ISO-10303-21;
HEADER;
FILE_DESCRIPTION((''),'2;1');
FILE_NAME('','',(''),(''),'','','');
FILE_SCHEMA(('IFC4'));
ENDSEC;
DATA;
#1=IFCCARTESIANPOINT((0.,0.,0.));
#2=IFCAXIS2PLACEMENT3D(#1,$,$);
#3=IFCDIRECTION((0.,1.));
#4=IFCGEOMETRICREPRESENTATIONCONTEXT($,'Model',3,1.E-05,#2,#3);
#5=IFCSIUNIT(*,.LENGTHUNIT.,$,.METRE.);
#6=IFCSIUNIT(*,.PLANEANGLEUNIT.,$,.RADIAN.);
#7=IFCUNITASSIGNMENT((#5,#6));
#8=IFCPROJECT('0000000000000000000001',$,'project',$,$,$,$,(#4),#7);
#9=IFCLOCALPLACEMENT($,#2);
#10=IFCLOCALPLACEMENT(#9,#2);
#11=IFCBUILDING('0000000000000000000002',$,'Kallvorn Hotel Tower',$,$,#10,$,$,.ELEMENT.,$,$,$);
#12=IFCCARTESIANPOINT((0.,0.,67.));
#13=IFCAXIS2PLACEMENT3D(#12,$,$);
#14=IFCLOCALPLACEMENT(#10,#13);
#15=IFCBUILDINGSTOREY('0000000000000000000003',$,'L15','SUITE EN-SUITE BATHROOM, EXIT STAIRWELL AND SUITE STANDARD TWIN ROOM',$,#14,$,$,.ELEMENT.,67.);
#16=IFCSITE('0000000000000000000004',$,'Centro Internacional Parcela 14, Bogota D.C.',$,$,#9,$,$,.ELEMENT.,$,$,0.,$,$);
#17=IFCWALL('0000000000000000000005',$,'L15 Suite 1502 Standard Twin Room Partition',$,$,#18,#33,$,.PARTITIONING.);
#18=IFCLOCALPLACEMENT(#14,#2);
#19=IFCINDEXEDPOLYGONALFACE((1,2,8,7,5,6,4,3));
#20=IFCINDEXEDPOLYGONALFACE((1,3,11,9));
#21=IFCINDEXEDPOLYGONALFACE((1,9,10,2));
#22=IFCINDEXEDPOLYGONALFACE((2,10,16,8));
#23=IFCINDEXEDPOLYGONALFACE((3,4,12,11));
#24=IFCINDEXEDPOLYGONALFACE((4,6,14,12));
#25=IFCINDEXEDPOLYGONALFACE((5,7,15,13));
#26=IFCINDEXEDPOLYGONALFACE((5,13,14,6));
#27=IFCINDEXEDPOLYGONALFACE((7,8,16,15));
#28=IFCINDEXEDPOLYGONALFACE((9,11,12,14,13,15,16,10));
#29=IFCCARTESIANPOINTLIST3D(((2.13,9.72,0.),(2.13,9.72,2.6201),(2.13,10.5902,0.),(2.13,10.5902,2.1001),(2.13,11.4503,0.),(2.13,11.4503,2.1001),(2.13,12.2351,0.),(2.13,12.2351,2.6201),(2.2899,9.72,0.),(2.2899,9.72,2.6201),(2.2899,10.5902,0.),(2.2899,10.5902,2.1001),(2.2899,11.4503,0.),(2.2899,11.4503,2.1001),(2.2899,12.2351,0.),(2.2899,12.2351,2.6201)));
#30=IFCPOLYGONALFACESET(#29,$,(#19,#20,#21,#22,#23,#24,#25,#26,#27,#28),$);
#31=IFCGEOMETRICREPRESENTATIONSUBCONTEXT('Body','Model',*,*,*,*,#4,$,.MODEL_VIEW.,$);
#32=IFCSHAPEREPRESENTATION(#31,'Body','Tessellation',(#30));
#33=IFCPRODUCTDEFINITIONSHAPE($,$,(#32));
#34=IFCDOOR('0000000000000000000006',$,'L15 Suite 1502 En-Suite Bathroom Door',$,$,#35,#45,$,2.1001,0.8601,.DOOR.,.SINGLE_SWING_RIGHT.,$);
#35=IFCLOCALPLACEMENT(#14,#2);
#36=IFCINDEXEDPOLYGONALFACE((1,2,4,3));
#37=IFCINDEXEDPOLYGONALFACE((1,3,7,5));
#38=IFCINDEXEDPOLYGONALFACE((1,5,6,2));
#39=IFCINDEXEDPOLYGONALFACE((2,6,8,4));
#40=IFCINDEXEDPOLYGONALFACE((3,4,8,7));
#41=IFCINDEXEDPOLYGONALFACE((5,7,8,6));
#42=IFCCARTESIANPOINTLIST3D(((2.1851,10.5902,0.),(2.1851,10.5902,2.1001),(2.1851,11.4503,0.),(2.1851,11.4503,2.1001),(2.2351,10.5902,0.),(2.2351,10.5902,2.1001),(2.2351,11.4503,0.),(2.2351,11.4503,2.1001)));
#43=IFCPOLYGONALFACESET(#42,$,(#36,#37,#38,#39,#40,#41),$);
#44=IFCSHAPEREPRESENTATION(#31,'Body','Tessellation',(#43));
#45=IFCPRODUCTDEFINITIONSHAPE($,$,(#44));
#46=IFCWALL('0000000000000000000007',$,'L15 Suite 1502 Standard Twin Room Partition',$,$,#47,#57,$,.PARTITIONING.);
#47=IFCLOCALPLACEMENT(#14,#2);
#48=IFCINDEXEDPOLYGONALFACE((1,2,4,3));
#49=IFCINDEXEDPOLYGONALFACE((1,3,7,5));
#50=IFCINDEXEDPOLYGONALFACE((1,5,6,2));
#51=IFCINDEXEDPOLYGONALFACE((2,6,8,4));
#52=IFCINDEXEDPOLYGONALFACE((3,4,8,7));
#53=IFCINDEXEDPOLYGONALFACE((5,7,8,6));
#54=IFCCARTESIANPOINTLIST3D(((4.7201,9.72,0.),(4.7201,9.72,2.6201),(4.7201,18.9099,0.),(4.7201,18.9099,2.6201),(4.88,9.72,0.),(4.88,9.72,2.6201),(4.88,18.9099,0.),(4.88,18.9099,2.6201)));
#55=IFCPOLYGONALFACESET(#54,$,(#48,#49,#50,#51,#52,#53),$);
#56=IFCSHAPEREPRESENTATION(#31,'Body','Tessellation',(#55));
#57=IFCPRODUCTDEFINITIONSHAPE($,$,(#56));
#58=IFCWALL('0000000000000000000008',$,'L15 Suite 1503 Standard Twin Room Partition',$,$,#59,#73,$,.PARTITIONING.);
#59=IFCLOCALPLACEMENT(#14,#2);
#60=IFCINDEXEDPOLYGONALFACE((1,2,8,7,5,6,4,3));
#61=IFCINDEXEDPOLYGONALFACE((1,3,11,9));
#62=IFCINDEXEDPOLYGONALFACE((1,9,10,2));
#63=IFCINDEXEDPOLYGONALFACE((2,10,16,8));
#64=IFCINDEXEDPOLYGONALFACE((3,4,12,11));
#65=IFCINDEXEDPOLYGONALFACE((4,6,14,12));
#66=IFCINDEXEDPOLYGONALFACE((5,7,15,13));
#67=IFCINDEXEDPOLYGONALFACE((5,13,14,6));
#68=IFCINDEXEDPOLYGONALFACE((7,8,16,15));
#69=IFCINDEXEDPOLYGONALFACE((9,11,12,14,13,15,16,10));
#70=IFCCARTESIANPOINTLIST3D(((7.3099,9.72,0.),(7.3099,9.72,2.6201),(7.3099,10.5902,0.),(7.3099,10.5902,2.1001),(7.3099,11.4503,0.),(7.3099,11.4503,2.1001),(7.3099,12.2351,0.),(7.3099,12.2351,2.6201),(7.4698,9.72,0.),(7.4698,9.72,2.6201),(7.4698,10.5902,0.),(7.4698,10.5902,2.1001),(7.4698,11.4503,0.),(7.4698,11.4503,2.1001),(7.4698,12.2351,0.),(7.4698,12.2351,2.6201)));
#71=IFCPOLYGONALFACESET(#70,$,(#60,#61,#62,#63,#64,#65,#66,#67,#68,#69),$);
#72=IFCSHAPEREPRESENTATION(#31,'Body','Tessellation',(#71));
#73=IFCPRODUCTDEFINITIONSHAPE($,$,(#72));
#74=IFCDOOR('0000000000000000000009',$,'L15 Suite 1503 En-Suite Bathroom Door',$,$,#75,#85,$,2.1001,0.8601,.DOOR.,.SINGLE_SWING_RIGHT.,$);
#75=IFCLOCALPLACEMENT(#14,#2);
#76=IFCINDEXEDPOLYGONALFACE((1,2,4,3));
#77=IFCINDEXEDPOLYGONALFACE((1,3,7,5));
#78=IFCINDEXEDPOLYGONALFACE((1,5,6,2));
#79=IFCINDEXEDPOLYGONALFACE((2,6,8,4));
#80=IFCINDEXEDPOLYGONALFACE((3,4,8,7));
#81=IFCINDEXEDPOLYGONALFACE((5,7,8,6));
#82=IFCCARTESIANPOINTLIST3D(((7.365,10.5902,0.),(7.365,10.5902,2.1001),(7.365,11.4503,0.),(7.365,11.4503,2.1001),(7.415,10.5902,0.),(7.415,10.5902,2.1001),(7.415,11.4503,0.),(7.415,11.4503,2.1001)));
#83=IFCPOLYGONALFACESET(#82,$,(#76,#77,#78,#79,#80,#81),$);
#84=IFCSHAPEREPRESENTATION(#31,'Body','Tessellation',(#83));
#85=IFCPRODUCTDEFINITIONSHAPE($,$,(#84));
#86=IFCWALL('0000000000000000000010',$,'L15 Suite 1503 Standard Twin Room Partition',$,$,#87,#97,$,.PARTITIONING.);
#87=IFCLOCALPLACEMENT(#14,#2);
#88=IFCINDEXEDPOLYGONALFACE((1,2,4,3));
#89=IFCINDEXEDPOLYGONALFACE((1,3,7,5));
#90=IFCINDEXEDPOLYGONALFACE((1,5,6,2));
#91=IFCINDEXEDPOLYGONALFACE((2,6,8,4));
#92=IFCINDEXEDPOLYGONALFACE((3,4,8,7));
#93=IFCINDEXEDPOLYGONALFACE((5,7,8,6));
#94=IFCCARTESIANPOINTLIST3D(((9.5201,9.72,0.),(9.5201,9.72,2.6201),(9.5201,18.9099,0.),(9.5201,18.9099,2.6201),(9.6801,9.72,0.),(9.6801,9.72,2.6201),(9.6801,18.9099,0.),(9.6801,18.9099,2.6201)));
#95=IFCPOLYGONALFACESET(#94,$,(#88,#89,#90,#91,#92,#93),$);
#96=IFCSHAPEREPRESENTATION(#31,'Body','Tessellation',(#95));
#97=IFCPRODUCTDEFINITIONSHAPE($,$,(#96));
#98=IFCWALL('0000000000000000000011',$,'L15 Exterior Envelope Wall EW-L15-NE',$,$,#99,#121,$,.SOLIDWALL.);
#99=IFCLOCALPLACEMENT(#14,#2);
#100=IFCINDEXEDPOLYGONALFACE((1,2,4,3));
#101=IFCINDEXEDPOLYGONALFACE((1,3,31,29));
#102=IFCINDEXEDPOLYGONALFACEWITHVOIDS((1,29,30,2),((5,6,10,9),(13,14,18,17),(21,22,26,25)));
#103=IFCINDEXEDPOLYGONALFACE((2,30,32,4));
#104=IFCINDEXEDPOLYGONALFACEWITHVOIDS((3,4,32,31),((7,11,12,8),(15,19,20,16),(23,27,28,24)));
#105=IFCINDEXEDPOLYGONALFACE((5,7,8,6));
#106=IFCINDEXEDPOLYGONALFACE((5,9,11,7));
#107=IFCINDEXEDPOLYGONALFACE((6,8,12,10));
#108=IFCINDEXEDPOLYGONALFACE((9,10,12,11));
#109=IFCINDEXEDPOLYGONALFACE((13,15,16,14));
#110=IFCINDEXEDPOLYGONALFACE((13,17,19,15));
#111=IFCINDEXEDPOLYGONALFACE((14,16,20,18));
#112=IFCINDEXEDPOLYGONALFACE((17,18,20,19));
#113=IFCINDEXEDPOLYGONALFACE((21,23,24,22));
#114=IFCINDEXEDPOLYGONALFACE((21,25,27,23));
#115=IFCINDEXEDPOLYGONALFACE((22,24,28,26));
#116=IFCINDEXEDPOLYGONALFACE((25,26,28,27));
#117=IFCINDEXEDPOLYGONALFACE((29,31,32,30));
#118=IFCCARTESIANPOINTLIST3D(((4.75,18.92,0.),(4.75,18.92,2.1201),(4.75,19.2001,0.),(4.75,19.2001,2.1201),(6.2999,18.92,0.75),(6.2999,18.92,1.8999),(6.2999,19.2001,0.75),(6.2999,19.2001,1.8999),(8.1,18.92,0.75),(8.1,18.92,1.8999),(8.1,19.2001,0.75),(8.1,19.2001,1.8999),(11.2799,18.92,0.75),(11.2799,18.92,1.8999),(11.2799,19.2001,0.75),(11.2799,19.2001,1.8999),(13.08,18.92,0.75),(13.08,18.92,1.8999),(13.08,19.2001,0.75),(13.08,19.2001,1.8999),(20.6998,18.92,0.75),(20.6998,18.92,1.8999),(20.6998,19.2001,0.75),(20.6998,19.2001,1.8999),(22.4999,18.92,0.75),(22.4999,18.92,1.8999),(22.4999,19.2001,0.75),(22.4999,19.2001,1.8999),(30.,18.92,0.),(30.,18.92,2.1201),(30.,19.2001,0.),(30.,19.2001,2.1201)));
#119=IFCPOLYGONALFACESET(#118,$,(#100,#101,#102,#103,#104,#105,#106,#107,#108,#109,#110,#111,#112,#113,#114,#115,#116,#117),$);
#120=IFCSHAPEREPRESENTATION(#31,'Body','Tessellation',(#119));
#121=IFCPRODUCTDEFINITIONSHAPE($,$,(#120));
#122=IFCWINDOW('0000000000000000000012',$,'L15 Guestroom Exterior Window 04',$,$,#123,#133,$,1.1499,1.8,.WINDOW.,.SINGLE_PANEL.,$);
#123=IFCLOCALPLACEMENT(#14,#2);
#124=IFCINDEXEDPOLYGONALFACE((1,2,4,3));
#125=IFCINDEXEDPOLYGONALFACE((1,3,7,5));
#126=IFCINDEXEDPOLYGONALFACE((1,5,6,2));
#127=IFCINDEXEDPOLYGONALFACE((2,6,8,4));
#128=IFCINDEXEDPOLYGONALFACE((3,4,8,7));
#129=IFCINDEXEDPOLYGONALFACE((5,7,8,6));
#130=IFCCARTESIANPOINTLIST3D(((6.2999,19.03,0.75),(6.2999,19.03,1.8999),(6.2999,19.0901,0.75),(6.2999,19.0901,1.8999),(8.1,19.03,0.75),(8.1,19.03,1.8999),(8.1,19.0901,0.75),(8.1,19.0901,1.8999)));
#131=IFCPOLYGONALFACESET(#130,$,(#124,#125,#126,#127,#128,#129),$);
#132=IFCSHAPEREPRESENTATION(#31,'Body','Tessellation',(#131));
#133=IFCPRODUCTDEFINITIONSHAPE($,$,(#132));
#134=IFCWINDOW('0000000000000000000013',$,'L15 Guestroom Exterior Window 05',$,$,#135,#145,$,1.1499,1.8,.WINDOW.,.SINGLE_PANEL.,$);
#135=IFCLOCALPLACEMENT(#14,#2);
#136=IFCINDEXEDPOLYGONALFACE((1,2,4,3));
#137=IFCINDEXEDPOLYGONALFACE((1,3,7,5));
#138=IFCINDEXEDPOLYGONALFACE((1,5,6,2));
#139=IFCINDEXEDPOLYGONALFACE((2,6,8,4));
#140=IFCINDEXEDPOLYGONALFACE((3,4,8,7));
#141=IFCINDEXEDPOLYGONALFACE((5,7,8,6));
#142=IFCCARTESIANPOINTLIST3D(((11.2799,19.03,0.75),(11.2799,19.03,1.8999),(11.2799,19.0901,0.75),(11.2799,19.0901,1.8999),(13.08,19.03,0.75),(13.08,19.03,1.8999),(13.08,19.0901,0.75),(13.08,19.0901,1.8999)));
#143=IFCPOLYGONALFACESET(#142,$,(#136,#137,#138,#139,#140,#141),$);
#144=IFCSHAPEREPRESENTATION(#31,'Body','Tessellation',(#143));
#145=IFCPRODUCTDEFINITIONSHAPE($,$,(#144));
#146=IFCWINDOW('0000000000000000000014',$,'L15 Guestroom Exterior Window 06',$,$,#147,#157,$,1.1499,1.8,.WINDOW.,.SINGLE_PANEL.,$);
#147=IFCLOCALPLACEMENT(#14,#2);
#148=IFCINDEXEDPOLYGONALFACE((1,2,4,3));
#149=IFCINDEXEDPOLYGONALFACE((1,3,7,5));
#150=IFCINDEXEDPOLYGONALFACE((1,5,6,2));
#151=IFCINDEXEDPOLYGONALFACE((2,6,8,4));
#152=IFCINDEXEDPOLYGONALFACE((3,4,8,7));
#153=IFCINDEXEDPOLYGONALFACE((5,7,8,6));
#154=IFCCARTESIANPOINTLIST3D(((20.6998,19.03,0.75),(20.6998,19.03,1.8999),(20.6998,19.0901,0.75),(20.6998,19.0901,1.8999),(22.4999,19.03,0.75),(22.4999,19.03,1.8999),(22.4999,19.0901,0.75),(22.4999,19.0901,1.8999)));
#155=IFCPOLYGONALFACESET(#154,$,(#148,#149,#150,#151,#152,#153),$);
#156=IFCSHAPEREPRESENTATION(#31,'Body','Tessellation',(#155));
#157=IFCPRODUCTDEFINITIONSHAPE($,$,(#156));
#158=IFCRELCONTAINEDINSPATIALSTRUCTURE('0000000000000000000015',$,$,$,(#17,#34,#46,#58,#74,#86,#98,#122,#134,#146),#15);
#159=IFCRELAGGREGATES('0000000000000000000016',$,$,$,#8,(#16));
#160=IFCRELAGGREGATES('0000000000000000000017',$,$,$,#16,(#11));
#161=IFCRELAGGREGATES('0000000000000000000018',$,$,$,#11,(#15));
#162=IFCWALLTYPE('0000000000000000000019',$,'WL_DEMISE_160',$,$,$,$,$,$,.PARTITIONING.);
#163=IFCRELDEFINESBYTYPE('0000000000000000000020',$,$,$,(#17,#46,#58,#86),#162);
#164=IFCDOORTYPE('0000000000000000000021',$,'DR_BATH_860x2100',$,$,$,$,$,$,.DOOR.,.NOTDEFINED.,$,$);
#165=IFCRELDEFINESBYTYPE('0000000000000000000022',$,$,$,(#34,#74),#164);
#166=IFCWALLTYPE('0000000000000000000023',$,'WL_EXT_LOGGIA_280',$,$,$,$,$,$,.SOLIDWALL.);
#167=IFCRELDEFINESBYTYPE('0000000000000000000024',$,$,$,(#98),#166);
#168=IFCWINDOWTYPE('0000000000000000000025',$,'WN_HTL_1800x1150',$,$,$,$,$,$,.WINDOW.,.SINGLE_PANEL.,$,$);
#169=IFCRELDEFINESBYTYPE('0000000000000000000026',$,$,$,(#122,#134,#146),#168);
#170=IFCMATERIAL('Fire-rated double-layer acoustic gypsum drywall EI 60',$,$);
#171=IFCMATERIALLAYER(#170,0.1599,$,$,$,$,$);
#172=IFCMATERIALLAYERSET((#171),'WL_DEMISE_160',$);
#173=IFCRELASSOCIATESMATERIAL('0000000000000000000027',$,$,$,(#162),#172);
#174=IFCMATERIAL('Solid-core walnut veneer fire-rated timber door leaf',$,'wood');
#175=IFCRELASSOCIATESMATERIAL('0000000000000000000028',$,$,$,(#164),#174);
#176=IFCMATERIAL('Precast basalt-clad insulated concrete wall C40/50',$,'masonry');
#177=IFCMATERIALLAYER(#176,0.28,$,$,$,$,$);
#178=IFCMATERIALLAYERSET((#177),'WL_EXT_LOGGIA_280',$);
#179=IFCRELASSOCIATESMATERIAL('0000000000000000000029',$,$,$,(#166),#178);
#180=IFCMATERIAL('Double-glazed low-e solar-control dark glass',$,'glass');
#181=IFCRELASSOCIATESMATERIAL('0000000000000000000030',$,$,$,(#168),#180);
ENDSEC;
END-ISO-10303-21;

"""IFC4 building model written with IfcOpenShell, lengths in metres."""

from ifc_helpers import new_model, si_unit, direction, frame, frame_2d, origin, place, context, subcontext, project, spatial, rectangle, extrude, material, layer, layer_set, type_object, element, fill, save


model = new_model("IFC4")

# Units and contexts
model_context = context("Model", 3, precision=1e-05, world=origin(), true_north=direction((0.0, 1.0)))
body_context = subcontext(model_context, "Body", "Model", "MODEL_VIEW")
ifc_project = project(units=[si_unit("LENGTHUNIT", "METRE"), si_unit("PLANEANGLEUNIT", "RADIAN")], contexts=[model_context])

# Site, building, storey
site_placement = place(None, origin())
site = spatial("IfcSite", under=ifc_project, at=site_placement, Name="Centro Internacional Parcela 14, Bogota D.C.", CompositionType="ELEMENT", RefElevation=0.0)
building_placement = place(site_placement, origin())
building = spatial("IfcBuilding", under=site, at=building_placement, Name="Kallvorn Hotel Tower", CompositionType="ELEMENT")
storey_placement = place(building_placement, frame((0.0, 0.0, 67.0)))
storey = spatial("IfcBuildingStorey", under=building, at=storey_placement, Name="L15", Description="SUITE EN-SUITE BATHROOM, EXIT STAIRWELL AND SUITE STANDARD TWIN ROOM", CompositionType="ELEMENT", Elevation=67.0)

# Shared definitions
ifc_material_1 = material(Name="Fire-rated double-layer acoustic gypsum drywall EI 60")
ifc_layer_1 = layer(ifc_material_1, 0.1599)
ifc_layer_set_1 = layer_set([ifc_layer_1], Name="WL_DEMISE_160")
wall_type_1 = type_object("IfcWallType", Name="WL_DEMISE_160", PredefinedType="PARTITIONING", material=ifc_layer_set_1)

# Wall, opening, door
wall_1_placement = place(storey_placement, frame((2.21, 9.72, 0.0), z_axis=(0.0, 0.0, 1.0), x_axis=(0.0, 1.0, 0.0)))
wall_1 = element("IfcWall", 1, at=wall_1_placement, inside=storey, type_object=wall_type_1, Name="L15 Suite 1502 Standard Twin Room Partition", PredefinedType="PARTITIONING", context=body_context, shape_type="SweptSolid", body=[
    extrude(rectangle(XDim=2.5151, YDim=0.1599, at=frame_2d((1.2576, 0.0))), origin(), (0.0, 0.0, 1.0), 2.6201),
])
opening_1_placement = place(wall_1_placement, frame((0.8701, 0.0, 0.0)))
opening_1 = element("IfcOpeningElement", 2, at=opening_1_placement, cuts=wall_1, PredefinedType="OPENING", context=body_context, shape_type="SweptSolid", body=[
    extrude(rectangle(XDim=0.8601, YDim=2.1001, at=frame_2d((0.4302, 1.05))), frame((0.0, 0.095, 0.0), z_axis=(0.0, -1.0, 0.0), x_axis=(1.0, 0.0, 0.0)), (0.0, 0.0, 1.0), 0.1899),
])
ifc_material_2 = material(Name="Solid-core walnut veneer fire-rated timber door leaf", Category="wood")
door_type = type_object("IfcDoorType", Name="DR_BATH_860x2100", OperationType="NOTDEFINED", PredefinedType="DOOR", material=ifc_material_2)
door_1_placement = place(opening_1_placement, origin())
door_1 = element("IfcDoor", 3, at=door_1_placement, inside=storey, type_object=door_type, Name="L15 Suite 1502 En-Suite Bathroom Door", OperationType="SINGLE_SWING_RIGHT", OverallHeight=2.1001, OverallWidth=0.8601, PredefinedType="DOOR", context=body_context, shape_type="SweptSolid", body=[
    extrude(rectangle(XDim=0.8601, YDim=2.1001, at=frame_2d((0.4302, 1.05))), frame((0.0, 0.0249, 0.0), z_axis=(0.0, -1.0, 0.0), x_axis=(1.0, 0.0, 0.0)), (0.0, 0.0, 1.0), 0.05),
])
fill(opening_1, door_1)

# Wall
wall_2_placement = place(storey_placement, frame((4.8, 9.72, 0.0), z_axis=(0.0, 0.0, 1.0), x_axis=(0.0, 1.0, 0.0)))
element("IfcWall", 4, at=wall_2_placement, inside=storey, type_object=wall_type_1, Name="L15 Suite 1502 Standard Twin Room Partition", PredefinedType="PARTITIONING", context=body_context, shape_type="SweptSolid", body=[
    extrude(rectangle(XDim=9.1899, YDim=0.1599, at=frame_2d((4.595, 0.0))), origin(), (0.0, 0.0, 1.0), 2.6201),
])

# Wall, opening, door
wall_3_placement = place(storey_placement, frame((7.3899, 9.72, 0.0), z_axis=(0.0, 0.0, 1.0), x_axis=(0.0, 1.0, 0.0)))
wall_3 = element("IfcWall", 5, at=wall_3_placement, inside=storey, type_object=wall_type_1, Name="L15 Suite 1503 Standard Twin Room Partition", PredefinedType="PARTITIONING", context=body_context, shape_type="SweptSolid", body=[
    extrude(rectangle(XDim=2.5151, YDim=0.1599, at=frame_2d((1.2576, 0.0))), origin(), (0.0, 0.0, 1.0), 2.6201),
])
opening_2_placement = place(wall_3_placement, frame((0.8701, 0.0, 0.0)))
opening_2 = element("IfcOpeningElement", 6, at=opening_2_placement, cuts=wall_3, PredefinedType="OPENING", context=body_context, shape_type="SweptSolid", body=[
    extrude(rectangle(XDim=0.8601, YDim=2.1001, at=frame_2d((0.4302, 1.05))), frame((0.0, 0.095, 0.0), z_axis=(0.0, -1.0, 0.0), x_axis=(1.0, 0.0, 0.0)), (0.0, 0.0, 1.0), 0.1899),
])
door_2_placement = place(opening_2_placement, origin())
door_2 = element("IfcDoor", 7, at=door_2_placement, inside=storey, type_object=door_type, Name="L15 Suite 1503 En-Suite Bathroom Door", OperationType="SINGLE_SWING_RIGHT", OverallHeight=2.1001, OverallWidth=0.8601, PredefinedType="DOOR", context=body_context, shape_type="SweptSolid", body=[
    extrude(rectangle(XDim=0.8601, YDim=2.1001, at=frame_2d((0.4302, 1.05))), frame((0.0, 0.0249, 0.0), z_axis=(0.0, -1.0, 0.0), x_axis=(1.0, 0.0, 0.0)), (0.0, 0.0, 1.0), 0.05),
])
fill(opening_2, door_2)

# Wall
wall_4_placement = place(storey_placement, frame((9.6001, 9.72, 0.0), z_axis=(0.0, 0.0, 1.0), x_axis=(0.0, 1.0, 0.0)))
element("IfcWall", 8, at=wall_4_placement, inside=storey, type_object=wall_type_1, Name="L15 Suite 1503 Standard Twin Room Partition", PredefinedType="PARTITIONING", context=body_context, shape_type="SweptSolid", body=[
    extrude(rectangle(XDim=9.1899, YDim=0.1599, at=frame_2d((4.595, 0.0))), origin(), (0.0, 0.0, 1.0), 2.6201),
])

# Wall, openings, windows
ifc_material_3 = material(Name="Precast basalt-clad insulated concrete wall C40/50", Category="masonry")
ifc_layer_2 = layer(ifc_material_3, 0.28)
ifc_layer_set_2 = layer_set([ifc_layer_2], Name="WL_EXT_LOGGIA_280")
wall_type_2 = type_object("IfcWallType", Name="WL_EXT_LOGGIA_280", PredefinedType="SOLIDWALL", material=ifc_layer_set_2)
wall_5_placement = place(storey_placement, frame((4.75, 19.0601, 0.0), z_axis=(0.0, 0.0, 1.0), x_axis=(1.0, 0.0, 0.0)))
wall_5 = element("IfcWall", 9, at=wall_5_placement, inside=storey, type_object=wall_type_2, Name="L15 Exterior Envelope Wall EW-L15-NE", PredefinedType="SOLIDWALL", context=body_context, shape_type="SweptSolid", body=[
    extrude(rectangle(XDim=25.25, YDim=0.28, at=frame_2d((12.625, 0.0))), origin(), (0.0, 0.0, 1.0), 2.1201),
])
opening_3_placement = place(wall_5_placement, frame((1.55, 0.0, 0.75)))
opening_3 = element("IfcOpeningElement", 10, at=opening_3_placement, cuts=wall_5, PredefinedType="OPENING", context=body_context, shape_type="SweptSolid", body=[
    extrude(rectangle(XDim=1.8, YDim=1.1499, at=frame_2d((0.8999, 0.575))), frame((0.0, 0.155, 0.0), z_axis=(0.0, -1.0, 0.0), x_axis=(1.0, 0.0, 0.0)), (0.0, 0.0, 1.0), 0.3101),
])
opening_4_placement = place(wall_5_placement, frame((6.53, 0.0, 0.75)))
opening_4 = element("IfcOpeningElement", 11, at=opening_4_placement, cuts=wall_5, PredefinedType="OPENING", context=body_context, shape_type="SweptSolid", body=[
    extrude(rectangle(XDim=1.8, YDim=1.1499, at=frame_2d((0.8999, 0.575))), frame((0.0, 0.155, 0.0), z_axis=(0.0, -1.0, 0.0), x_axis=(1.0, 0.0, 0.0)), (0.0, 0.0, 1.0), 0.3101),
])
opening_5_placement = place(wall_5_placement, frame((15.95, 0.0, 0.75)))
opening_5 = element("IfcOpeningElement", 12, at=opening_5_placement, cuts=wall_5, PredefinedType="OPENING", context=body_context, shape_type="SweptSolid", body=[
    extrude(rectangle(XDim=1.8, YDim=1.1499, at=frame_2d((0.8999, 0.575))), frame((0.0, 0.155, 0.0), z_axis=(0.0, -1.0, 0.0), x_axis=(1.0, 0.0, 0.0)), (0.0, 0.0, 1.0), 0.3101),
])
ifc_material_4 = material(Name="Double-glazed low-e solar-control dark glass", Category="glass")
window_type = type_object("IfcWindowType", Name="WN_HTL_1800x1150", PartitioningType="SINGLE_PANEL", PredefinedType="WINDOW", material=ifc_material_4)
window_1_placement = place(opening_3_placement, origin())
window_1 = element("IfcWindow", 13, at=window_1_placement, inside=storey, type_object=window_type, Name="L15 Guestroom Exterior Window 04", OverallHeight=1.1499, OverallWidth=1.8, PartitioningType="SINGLE_PANEL", PredefinedType="WINDOW", context=body_context, shape_type="SweptSolid", body=[
    extrude(rectangle(XDim=1.8, YDim=1.1499, at=frame_2d((0.8999, 0.575))), frame((0.0, 0.03, 0.0), z_axis=(0.0, -1.0, 0.0), x_axis=(1.0, 0.0, 0.0)), (0.0, 0.0, 1.0), 0.0601),
])
fill(opening_3, window_1)
window_2_placement = place(opening_4_placement, origin())
window_2 = element("IfcWindow", 14, at=window_2_placement, inside=storey, type_object=window_type, Name="L15 Guestroom Exterior Window 05", OverallHeight=1.1499, OverallWidth=1.8, PartitioningType="SINGLE_PANEL", PredefinedType="WINDOW", context=body_context, shape_type="SweptSolid", body=[
    extrude(rectangle(XDim=1.8, YDim=1.1499, at=frame_2d((0.8999, 0.575))), frame((0.0, 0.03, 0.0), z_axis=(0.0, -1.0, 0.0), x_axis=(1.0, 0.0, 0.0)), (0.0, 0.0, 1.0), 0.0601),
])
fill(opening_4, window_2)
window_3_placement = place(opening_5_placement, origin())
window_3 = element("IfcWindow", 15, at=window_3_placement, inside=storey, type_object=window_type, Name="L15 Guestroom Exterior Window 06", OverallHeight=1.1499, OverallWidth=1.8, PartitioningType="SINGLE_PANEL", PredefinedType="WINDOW", context=body_context, shape_type="SweptSolid", body=[
    extrude(rectangle(XDim=1.8, YDim=1.1499, at=frame_2d((0.8999, 0.575))), frame((0.0, 0.03, 0.0), z_axis=(0.0, -1.0, 0.0), x_axis=(1.0, 0.0, 0.0)), (0.0, 0.0, 1.0), 0.0601),
])
fill(opening_5, window_3)

save(model, "model.ifc")
